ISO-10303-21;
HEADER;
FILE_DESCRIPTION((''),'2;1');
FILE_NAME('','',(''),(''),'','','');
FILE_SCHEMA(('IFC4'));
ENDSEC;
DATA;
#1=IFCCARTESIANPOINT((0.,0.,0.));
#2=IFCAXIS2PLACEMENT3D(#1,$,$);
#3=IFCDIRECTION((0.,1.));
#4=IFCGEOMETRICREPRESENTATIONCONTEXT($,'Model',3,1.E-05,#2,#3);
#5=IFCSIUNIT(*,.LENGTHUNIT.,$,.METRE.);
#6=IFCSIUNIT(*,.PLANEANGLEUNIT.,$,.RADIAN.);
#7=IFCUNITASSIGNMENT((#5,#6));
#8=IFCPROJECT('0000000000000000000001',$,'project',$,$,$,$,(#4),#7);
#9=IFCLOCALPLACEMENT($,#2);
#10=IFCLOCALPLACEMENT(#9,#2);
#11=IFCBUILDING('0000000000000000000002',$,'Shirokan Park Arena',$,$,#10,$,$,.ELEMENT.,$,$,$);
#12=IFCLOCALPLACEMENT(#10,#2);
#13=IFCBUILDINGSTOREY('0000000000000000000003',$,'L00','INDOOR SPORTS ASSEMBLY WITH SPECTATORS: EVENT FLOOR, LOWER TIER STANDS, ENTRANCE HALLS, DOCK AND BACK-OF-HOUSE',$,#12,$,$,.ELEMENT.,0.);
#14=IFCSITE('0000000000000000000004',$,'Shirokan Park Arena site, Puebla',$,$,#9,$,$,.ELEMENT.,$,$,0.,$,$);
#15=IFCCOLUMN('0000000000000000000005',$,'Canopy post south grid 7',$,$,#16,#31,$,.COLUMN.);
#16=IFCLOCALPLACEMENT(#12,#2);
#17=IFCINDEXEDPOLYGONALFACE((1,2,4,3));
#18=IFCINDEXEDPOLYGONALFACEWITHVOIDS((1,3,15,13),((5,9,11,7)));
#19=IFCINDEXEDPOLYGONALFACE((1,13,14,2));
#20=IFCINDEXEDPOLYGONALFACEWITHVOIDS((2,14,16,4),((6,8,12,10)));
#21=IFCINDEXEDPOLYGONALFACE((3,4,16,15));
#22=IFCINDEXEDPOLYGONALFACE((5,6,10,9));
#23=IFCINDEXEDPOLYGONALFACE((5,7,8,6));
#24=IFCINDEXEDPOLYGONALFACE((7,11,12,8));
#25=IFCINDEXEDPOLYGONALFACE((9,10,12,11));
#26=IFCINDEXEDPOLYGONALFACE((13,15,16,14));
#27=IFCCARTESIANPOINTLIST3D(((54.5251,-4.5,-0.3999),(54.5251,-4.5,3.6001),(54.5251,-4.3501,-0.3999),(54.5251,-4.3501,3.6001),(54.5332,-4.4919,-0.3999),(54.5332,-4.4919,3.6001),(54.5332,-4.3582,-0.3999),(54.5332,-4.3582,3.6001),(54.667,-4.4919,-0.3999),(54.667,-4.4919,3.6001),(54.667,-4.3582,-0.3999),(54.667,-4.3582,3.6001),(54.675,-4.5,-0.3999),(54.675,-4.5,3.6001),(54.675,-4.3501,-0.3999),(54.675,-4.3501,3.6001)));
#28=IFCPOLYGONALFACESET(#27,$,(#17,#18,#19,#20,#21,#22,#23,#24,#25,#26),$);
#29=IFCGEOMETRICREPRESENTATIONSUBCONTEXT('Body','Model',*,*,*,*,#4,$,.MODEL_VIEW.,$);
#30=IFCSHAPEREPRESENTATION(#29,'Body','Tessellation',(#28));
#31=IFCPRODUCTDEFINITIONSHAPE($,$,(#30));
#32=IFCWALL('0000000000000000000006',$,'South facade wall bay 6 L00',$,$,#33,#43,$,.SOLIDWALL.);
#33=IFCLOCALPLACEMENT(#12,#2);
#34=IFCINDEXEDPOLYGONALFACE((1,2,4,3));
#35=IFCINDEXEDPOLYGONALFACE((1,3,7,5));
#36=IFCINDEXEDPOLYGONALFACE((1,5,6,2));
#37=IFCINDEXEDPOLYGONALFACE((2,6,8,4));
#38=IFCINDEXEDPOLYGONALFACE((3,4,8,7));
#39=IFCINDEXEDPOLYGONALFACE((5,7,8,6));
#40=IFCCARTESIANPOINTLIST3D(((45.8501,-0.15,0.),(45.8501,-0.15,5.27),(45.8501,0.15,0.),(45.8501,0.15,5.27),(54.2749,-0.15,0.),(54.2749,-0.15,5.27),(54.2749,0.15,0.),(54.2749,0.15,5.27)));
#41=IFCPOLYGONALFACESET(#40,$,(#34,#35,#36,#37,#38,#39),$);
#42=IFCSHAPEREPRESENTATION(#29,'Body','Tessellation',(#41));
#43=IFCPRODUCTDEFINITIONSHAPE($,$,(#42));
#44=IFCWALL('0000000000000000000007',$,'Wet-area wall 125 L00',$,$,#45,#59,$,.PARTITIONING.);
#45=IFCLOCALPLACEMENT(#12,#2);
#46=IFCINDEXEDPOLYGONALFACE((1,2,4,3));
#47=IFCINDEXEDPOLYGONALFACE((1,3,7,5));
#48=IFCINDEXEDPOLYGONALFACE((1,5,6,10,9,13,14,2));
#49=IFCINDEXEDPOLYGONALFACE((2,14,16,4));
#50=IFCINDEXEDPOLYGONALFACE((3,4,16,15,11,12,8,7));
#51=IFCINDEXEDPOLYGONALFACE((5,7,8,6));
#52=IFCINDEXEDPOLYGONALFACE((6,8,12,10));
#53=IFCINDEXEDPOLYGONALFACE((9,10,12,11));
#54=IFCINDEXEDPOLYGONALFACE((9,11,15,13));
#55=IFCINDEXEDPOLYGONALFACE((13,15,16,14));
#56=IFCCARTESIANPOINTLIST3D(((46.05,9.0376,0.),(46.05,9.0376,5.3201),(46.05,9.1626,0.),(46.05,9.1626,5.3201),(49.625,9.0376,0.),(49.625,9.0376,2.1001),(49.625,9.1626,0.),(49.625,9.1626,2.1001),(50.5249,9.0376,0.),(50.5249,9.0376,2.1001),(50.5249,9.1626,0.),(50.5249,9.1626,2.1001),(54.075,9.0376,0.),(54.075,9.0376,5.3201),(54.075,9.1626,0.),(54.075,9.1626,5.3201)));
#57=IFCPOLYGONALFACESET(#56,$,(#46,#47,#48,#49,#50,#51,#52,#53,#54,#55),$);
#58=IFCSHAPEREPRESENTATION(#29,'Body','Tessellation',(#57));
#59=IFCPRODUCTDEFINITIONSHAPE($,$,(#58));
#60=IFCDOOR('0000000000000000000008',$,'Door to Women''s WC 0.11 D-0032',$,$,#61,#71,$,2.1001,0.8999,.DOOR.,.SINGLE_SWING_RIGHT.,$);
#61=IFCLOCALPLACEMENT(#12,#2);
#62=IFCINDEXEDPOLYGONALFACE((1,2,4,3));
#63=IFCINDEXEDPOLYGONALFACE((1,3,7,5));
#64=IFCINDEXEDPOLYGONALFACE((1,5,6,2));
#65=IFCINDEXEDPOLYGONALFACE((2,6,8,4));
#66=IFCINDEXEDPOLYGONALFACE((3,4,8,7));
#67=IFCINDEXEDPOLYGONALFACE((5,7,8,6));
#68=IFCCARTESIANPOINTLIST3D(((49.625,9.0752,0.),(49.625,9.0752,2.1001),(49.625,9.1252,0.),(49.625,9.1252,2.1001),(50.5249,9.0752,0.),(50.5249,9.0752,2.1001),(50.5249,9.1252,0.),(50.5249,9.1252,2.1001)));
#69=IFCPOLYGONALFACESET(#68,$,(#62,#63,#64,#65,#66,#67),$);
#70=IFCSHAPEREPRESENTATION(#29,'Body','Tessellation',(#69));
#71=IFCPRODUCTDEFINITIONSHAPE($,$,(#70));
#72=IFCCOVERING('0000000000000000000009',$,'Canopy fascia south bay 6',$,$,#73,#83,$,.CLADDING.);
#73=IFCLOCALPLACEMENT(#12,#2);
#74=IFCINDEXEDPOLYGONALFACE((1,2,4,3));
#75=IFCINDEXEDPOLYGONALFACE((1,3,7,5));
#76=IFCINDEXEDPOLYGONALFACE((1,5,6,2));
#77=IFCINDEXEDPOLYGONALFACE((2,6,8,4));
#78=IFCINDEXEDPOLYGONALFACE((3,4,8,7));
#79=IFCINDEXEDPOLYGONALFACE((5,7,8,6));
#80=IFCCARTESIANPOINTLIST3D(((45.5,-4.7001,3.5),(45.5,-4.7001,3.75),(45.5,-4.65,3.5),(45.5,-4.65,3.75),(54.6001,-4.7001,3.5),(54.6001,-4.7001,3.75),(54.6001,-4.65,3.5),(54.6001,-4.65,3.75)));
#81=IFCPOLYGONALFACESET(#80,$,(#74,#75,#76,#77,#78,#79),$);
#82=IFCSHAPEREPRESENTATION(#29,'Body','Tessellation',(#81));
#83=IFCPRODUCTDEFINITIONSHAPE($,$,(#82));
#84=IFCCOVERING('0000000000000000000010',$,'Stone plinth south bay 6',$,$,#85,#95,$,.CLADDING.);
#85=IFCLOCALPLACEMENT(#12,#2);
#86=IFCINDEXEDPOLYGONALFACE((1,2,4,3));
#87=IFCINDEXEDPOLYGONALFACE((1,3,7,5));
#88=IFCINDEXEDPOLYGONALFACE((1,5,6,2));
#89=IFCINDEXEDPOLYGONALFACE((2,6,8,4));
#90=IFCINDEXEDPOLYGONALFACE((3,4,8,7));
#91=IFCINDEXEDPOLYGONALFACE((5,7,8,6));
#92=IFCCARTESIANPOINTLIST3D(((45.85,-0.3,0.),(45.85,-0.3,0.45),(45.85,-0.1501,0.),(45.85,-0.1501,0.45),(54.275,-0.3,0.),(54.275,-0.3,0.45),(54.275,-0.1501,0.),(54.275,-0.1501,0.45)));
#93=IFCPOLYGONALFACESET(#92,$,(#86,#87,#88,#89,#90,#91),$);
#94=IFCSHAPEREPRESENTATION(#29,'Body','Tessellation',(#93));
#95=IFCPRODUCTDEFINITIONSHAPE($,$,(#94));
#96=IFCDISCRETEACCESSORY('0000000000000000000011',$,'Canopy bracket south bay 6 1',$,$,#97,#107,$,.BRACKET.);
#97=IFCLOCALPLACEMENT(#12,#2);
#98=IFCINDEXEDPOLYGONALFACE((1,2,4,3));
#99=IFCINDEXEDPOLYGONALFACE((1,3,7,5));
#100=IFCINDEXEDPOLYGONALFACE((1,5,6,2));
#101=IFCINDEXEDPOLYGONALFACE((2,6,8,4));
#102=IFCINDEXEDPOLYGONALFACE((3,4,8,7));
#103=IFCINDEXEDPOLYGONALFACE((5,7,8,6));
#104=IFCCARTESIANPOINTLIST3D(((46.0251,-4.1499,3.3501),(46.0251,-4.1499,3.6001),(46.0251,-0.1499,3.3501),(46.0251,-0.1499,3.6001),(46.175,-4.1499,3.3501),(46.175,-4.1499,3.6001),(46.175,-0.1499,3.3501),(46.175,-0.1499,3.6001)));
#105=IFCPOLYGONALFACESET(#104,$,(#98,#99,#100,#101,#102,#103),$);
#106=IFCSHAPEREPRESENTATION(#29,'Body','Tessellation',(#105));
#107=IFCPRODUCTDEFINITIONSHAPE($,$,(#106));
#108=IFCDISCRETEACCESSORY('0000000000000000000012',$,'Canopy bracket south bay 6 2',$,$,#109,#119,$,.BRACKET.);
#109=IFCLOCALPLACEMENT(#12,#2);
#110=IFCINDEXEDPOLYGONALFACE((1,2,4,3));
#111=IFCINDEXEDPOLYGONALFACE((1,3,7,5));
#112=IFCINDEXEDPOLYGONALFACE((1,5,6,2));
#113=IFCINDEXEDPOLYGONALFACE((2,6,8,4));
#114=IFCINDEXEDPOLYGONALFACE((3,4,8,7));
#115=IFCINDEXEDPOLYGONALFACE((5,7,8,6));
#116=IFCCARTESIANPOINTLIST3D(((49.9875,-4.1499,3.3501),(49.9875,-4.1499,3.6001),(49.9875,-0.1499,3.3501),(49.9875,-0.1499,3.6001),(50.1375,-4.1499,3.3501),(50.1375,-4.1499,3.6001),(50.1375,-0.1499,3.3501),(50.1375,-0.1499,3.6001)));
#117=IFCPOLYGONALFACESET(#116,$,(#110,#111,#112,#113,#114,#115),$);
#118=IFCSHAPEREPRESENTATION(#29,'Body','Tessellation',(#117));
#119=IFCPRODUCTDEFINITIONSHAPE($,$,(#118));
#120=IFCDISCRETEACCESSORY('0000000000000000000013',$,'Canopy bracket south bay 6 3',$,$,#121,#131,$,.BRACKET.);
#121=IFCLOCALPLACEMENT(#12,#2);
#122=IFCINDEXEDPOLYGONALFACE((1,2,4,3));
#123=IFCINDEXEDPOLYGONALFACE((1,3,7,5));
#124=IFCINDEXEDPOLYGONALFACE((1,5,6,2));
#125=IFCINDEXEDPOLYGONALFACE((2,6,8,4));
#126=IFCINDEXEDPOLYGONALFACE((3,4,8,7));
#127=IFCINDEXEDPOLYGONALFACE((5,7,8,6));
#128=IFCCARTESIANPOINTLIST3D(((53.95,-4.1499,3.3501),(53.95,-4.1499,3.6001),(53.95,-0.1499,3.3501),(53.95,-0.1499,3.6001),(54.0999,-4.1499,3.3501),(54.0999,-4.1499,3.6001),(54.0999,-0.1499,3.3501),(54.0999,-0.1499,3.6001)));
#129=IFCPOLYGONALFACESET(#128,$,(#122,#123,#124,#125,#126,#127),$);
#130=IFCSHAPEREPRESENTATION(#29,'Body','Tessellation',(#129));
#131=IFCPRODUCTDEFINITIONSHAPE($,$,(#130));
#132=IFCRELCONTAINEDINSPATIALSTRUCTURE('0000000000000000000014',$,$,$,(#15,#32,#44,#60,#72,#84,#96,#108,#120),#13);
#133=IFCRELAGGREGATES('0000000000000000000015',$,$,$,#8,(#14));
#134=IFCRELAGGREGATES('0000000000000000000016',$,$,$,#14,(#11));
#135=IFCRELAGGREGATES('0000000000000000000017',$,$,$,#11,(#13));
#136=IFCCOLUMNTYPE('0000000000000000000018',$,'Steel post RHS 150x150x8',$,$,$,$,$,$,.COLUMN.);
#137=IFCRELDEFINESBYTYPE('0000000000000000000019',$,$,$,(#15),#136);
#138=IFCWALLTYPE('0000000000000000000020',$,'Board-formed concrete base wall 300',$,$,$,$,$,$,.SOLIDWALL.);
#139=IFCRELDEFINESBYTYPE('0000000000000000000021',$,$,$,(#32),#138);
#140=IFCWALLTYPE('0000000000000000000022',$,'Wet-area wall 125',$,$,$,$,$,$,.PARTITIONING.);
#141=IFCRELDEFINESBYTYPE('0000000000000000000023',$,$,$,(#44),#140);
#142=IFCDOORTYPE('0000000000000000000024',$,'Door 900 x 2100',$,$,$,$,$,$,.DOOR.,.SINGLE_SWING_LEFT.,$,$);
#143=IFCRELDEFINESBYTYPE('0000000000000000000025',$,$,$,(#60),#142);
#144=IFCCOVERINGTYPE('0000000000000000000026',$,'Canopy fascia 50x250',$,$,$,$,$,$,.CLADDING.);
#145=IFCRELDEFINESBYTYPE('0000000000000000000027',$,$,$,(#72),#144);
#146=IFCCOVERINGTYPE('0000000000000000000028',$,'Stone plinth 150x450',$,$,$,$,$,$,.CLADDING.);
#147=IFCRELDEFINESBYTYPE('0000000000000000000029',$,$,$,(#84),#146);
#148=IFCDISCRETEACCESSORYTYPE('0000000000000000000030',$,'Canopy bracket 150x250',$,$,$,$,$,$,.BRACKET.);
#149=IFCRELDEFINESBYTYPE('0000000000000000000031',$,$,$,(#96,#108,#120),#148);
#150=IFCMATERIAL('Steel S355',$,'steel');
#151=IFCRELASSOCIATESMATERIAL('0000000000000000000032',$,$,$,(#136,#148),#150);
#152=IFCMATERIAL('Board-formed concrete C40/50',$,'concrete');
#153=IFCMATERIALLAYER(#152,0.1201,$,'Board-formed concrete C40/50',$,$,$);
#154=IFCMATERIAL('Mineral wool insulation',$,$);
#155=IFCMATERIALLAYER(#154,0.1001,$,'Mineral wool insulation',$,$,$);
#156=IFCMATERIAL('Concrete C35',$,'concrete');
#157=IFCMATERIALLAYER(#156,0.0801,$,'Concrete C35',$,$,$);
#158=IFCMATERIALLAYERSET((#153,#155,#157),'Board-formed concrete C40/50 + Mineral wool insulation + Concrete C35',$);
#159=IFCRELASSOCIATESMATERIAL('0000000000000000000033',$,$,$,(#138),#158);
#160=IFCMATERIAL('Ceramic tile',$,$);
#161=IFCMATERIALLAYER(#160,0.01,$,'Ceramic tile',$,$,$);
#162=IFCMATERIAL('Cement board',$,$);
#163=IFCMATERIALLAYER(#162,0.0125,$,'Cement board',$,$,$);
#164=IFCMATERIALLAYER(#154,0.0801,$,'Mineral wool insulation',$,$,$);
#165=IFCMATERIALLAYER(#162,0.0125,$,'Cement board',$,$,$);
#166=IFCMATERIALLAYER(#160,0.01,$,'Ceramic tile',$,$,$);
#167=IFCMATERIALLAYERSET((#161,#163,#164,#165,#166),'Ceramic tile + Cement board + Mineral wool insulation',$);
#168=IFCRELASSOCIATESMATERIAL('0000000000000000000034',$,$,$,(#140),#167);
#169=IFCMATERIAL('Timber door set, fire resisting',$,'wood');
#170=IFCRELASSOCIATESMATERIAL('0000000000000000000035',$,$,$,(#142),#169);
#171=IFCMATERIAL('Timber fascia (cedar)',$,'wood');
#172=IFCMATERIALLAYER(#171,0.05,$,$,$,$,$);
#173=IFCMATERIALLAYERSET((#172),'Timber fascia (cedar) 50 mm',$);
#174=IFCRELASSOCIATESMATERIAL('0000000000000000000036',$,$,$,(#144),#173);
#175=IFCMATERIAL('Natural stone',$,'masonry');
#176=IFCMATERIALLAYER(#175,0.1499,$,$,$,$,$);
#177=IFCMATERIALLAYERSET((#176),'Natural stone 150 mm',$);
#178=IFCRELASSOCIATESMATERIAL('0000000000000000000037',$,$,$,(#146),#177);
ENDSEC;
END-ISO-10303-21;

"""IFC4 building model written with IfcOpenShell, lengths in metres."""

from ifc_helpers import new_model, si_unit, direction, frame, frame_2d, origin, origin_2d, place, context, subcontext, project, spatial, rectangle, hollow_rectangle, extrude, material, layer, layer_set, material_profile, profile_set, type_object, element, fill, save


model = new_model("IFC4")

# Units and contexts
model_context = context("Model", 3, precision=1e-05, world=origin(), true_north=direction((0.0, 1.0)))
body_context = subcontext(model_context, "Body", "Model", "MODEL_VIEW")
ifc_project = project(units=[si_unit("LENGTHUNIT", "METRE"), si_unit("PLANEANGLEUNIT", "RADIAN")], contexts=[model_context])

# Site, building, storey
site_placement = place(None, origin())
site = spatial("IfcSite", under=ifc_project, at=site_placement, Name="Shirokan Park Arena site, Puebla", CompositionType="ELEMENT", RefElevation=0.0)
building_placement = place(site_placement, origin())
building = spatial("IfcBuilding", under=site, at=building_placement, Name="Shirokan Park Arena", CompositionType="ELEMENT")
storey_placement = place(building_placement, origin())
storey = spatial("IfcBuildingStorey", under=building, at=storey_placement, Name="L00", Description="INDOOR SPORTS ASSEMBLY WITH SPECTATORS: EVENT FLOOR, LOWER TIER STANDS, ENTRANCE HALLS, DOCK AND BACK-OF-HOUSE", CompositionType="ELEMENT", Elevation=0.0)

# Column
ifc_material_1 = material(Name="Concrete C35", Category="concrete")
ifc_material_2 = material(Name="Steel S355", Category="steel")
ifc_material_profile_1 = material_profile(ifc_material_2, hollow_rectangle(XDim=0.1499, YDim=0.1499, WallThickness=0.0081, at=origin_2d()), Name="RHS 150x150x8")
ifc_profile_set_1 = profile_set([ifc_material_profile_1], Name="Steel S355")
column_type_1 = type_object("IfcColumnType", Name="Steel post RHS 150x150x8", PredefinedType="COLUMN", material=ifc_profile_set_1)
for number, where, z_axis, x_axis, name in (
    (1, (54.6001, -4.425, -0.3999), (0.0, 0.0, 1.0), (1.0, 0.0, 0.0), "Canopy post south grid 7"),
):
    element("IfcColumn", number, at=place(storey_placement, frame(where, z_axis=z_axis, x_axis=x_axis)), inside=storey, type_object=column_type_1, Name=name, PredefinedType="COLUMN", context=body_context, shape_type="SweptSolid", body=[
        extrude(hollow_rectangle(XDim=0.1499, YDim=0.1499, WallThickness=0.0081, at=origin_2d()), origin(), (0.0, 0.0, 1.0), 4.0),
    ])

# Wall
ifc_material_3 = material(Name="Board-formed concrete C40/50", Category="concrete")
ifc_layer_1 = layer(ifc_material_3, 0.1201, Name="Board-formed concrete C40/50")
ifc_material_4 = material(Name="Mineral wool insulation")
ifc_layer_2 = layer(ifc_material_4, 0.1001, Name="Mineral wool insulation")
ifc_layer_3 = layer(ifc_material_1, 0.0801, Name="Concrete C35")
ifc_layer_set_1 = layer_set([ifc_layer_1, ifc_layer_2, ifc_layer_3], Name="Board-formed concrete C40/50 + Mineral wool insulation + Concrete C35")
wall_type_1 = type_object("IfcWallType", Name="Board-formed concrete base wall 300", PredefinedType="SOLIDWALL", material=ifc_layer_set_1)
wall_1_placement = place(storey_placement, frame((45.8501, 0.0, 0.0), z_axis=(0.0, 0.0, 1.0), x_axis=(1.0, 0.0, 0.0)))
element("IfcWall", 2, at=wall_1_placement, inside=storey, type_object=wall_type_1, Name="South facade wall bay 6 L00", PredefinedType="SOLIDWALL", context=body_context, shape_type="SweptSolid", body=[
    extrude(rectangle(XDim=8.4248, YDim=0.3, at=frame_2d((4.2124, 0.0))), origin(), (0.0, 0.0, 1.0), 5.27),
])

# Wall, opening, door
ifc_material_5 = material(Name="Ceramic tile")
ifc_layer_4 = layer(ifc_material_5, 0.01, Name="Ceramic tile")
ifc_material_6 = material(Name="Cement board")
ifc_layer_5 = layer(ifc_material_6, 0.0125, Name="Cement board")
ifc_layer_6 = layer(ifc_material_4, 0.0801, Name="Mineral wool insulation")
ifc_layer_7 = layer(ifc_material_6, 0.0125, Name="Cement board")
ifc_layer_8 = layer(ifc_material_5, 0.01, Name="Ceramic tile")
ifc_layer_set_2 = layer_set([ifc_layer_4, ifc_layer_5, ifc_layer_6, ifc_layer_7, ifc_layer_8], Name="Ceramic tile + Cement board + Mineral wool insulation")
wall_type_2 = type_object("IfcWallType", Name="Wet-area wall 125", PredefinedType="PARTITIONING", material=ifc_layer_set_2)
wall_2_placement = place(storey_placement, frame((54.075, 9.1001, 0.0), z_axis=(0.0, 0.0, 1.0), x_axis=(-1.0, 0.0, 0.0)))
wall_2 = element("IfcWall", 3, at=wall_2_placement, inside=storey, type_object=wall_type_2, Name="Wet-area wall 125 L00", PredefinedType="PARTITIONING", context=body_context, shape_type="SweptSolid", body=[
    extrude(rectangle(XDim=8.0249, YDim=0.125, at=frame_2d((4.0125, 0.0))), origin(), (0.0, 0.0, 1.0), 5.3201),
])
opening_placement = place(wall_2_placement, frame((3.55, 0.0, 0.0)))
opening = element("IfcOpeningElement", 4, at=opening_placement, cuts=wall_2, PredefinedType="OPENING", context=body_context, shape_type="SweptSolid", body=[
    extrude(rectangle(XDim=0.8999, YDim=2.1001, at=frame_2d((0.45, 1.05))), frame((0.0, 0.0725, 0.0), z_axis=(0.0, -1.0, 0.0), x_axis=(1.0, 0.0, 0.0)), (0.0, 0.0, 1.0), 0.145),
])
ifc_material_7 = material(Name="Timber door set, fire resisting", Category="wood")
door_type = type_object("IfcDoorType", Name="Door 900 x 2100", OperationType="SINGLE_SWING_LEFT", PredefinedType="DOOR", material=ifc_material_7)
door_placement = place(opening_placement, origin())
door = element("IfcDoor", 5, at=door_placement, inside=storey, type_object=door_type, Name="Door to Women's WC 0.11 D-0032", OperationType="SINGLE_SWING_RIGHT", OverallHeight=2.1001, OverallWidth=0.8999, PredefinedType="DOOR", context=body_context, shape_type="SweptSolid", body=[
    extrude(rectangle(XDim=0.8999, YDim=2.1001, at=frame_2d((0.45, 1.05))), frame((0.0, 0.0249, 0.0), z_axis=(0.0, -1.0, 0.0), x_axis=(1.0, 0.0, 0.0)), (0.0, 0.0, 1.0), 0.05),
])
fill(opening, door)

# Coverings
ifc_material_8 = material(Name="Timber fascia (cedar)", Category="wood")
ifc_layer_9 = layer(ifc_material_8, 0.05)
ifc_layer_set_3 = layer_set([ifc_layer_9], Name="Timber fascia (cedar) 50 mm")
covering_type_1 = type_object("IfcCoveringType", Name="Canopy fascia 50x250", PredefinedType="CLADDING", material=ifc_layer_set_3)
covering_1_placement = place(storey_placement, frame((50.05, -4.675, 3.5), z_axis=(0.0, 0.0, 1.0), x_axis=(1.0, 0.0, 0.0)))
element("IfcCovering", 6, at=covering_1_placement, inside=storey, type_object=covering_type_1, Name="Canopy fascia south bay 6", PredefinedType="CLADDING", context=body_context, shape_type="SweptSolid", body=[
    extrude(rectangle(XDim=9.1001, YDim=0.05, at=origin_2d()), origin(), (0.0, 0.0, 1.0), 0.25),
])
ifc_material_9 = material(Name="Natural stone", Category="masonry")
ifc_layer_10 = layer(ifc_material_9, 0.1499)
ifc_layer_set_4 = layer_set([ifc_layer_10], Name="Natural stone 150 mm")
covering_type_2 = type_object("IfcCoveringType", Name="Stone plinth 150x450", PredefinedType="CLADDING", material=ifc_layer_set_4)
covering_2_placement = place(storey_placement, frame((50.0625, -0.2251, 0.0), z_axis=(0.0, 0.0, 1.0), x_axis=(1.0, 0.0, 0.0)))
element("IfcCovering", 7, at=covering_2_placement, inside=storey, type_object=covering_type_2, Name="Stone plinth south bay 6", PredefinedType="CLADDING", context=body_context, shape_type="SweptSolid", body=[
    extrude(rectangle(XDim=8.425, YDim=0.1499, at=origin_2d()), origin(), (0.0, 0.0, 1.0), 0.45),
])

# Discrete accessories
discrete_accessory_type = type_object("IfcDiscreteAccessoryType", Name="Canopy bracket 150x250", PredefinedType="BRACKET", material=ifc_material_2)
for number, where, z_axis, x_axis, name in (
    (8, (46.1001, -2.1499, 3.3501), (0.0, 0.0, 1.0), (1.0, 0.0, 0.0), "Canopy bracket south bay 6 1"),
    (9, (50.0625, -2.1499, 3.3501), (0.0, 0.0, 1.0), (1.0, 0.0, 0.0), "Canopy bracket south bay 6 2"),
    (10, (54.0249, -2.1499, 3.3501), (0.0, 0.0, 1.0), (1.0, 0.0, 0.0), "Canopy bracket south bay 6 3"),
):
    element("IfcDiscreteAccessory", number, at=place(storey_placement, frame(where, z_axis=z_axis, x_axis=x_axis)), inside=storey, type_object=discrete_accessory_type, Name=name, PredefinedType="BRACKET", context=body_context, shape_type="SweptSolid", body=[
        extrude(rectangle(XDim=0.1499, YDim=4.0, at=origin_2d()), origin(), (0.0, 0.0, 1.0), 0.25),
    ])

save(model, "model.ifc")
